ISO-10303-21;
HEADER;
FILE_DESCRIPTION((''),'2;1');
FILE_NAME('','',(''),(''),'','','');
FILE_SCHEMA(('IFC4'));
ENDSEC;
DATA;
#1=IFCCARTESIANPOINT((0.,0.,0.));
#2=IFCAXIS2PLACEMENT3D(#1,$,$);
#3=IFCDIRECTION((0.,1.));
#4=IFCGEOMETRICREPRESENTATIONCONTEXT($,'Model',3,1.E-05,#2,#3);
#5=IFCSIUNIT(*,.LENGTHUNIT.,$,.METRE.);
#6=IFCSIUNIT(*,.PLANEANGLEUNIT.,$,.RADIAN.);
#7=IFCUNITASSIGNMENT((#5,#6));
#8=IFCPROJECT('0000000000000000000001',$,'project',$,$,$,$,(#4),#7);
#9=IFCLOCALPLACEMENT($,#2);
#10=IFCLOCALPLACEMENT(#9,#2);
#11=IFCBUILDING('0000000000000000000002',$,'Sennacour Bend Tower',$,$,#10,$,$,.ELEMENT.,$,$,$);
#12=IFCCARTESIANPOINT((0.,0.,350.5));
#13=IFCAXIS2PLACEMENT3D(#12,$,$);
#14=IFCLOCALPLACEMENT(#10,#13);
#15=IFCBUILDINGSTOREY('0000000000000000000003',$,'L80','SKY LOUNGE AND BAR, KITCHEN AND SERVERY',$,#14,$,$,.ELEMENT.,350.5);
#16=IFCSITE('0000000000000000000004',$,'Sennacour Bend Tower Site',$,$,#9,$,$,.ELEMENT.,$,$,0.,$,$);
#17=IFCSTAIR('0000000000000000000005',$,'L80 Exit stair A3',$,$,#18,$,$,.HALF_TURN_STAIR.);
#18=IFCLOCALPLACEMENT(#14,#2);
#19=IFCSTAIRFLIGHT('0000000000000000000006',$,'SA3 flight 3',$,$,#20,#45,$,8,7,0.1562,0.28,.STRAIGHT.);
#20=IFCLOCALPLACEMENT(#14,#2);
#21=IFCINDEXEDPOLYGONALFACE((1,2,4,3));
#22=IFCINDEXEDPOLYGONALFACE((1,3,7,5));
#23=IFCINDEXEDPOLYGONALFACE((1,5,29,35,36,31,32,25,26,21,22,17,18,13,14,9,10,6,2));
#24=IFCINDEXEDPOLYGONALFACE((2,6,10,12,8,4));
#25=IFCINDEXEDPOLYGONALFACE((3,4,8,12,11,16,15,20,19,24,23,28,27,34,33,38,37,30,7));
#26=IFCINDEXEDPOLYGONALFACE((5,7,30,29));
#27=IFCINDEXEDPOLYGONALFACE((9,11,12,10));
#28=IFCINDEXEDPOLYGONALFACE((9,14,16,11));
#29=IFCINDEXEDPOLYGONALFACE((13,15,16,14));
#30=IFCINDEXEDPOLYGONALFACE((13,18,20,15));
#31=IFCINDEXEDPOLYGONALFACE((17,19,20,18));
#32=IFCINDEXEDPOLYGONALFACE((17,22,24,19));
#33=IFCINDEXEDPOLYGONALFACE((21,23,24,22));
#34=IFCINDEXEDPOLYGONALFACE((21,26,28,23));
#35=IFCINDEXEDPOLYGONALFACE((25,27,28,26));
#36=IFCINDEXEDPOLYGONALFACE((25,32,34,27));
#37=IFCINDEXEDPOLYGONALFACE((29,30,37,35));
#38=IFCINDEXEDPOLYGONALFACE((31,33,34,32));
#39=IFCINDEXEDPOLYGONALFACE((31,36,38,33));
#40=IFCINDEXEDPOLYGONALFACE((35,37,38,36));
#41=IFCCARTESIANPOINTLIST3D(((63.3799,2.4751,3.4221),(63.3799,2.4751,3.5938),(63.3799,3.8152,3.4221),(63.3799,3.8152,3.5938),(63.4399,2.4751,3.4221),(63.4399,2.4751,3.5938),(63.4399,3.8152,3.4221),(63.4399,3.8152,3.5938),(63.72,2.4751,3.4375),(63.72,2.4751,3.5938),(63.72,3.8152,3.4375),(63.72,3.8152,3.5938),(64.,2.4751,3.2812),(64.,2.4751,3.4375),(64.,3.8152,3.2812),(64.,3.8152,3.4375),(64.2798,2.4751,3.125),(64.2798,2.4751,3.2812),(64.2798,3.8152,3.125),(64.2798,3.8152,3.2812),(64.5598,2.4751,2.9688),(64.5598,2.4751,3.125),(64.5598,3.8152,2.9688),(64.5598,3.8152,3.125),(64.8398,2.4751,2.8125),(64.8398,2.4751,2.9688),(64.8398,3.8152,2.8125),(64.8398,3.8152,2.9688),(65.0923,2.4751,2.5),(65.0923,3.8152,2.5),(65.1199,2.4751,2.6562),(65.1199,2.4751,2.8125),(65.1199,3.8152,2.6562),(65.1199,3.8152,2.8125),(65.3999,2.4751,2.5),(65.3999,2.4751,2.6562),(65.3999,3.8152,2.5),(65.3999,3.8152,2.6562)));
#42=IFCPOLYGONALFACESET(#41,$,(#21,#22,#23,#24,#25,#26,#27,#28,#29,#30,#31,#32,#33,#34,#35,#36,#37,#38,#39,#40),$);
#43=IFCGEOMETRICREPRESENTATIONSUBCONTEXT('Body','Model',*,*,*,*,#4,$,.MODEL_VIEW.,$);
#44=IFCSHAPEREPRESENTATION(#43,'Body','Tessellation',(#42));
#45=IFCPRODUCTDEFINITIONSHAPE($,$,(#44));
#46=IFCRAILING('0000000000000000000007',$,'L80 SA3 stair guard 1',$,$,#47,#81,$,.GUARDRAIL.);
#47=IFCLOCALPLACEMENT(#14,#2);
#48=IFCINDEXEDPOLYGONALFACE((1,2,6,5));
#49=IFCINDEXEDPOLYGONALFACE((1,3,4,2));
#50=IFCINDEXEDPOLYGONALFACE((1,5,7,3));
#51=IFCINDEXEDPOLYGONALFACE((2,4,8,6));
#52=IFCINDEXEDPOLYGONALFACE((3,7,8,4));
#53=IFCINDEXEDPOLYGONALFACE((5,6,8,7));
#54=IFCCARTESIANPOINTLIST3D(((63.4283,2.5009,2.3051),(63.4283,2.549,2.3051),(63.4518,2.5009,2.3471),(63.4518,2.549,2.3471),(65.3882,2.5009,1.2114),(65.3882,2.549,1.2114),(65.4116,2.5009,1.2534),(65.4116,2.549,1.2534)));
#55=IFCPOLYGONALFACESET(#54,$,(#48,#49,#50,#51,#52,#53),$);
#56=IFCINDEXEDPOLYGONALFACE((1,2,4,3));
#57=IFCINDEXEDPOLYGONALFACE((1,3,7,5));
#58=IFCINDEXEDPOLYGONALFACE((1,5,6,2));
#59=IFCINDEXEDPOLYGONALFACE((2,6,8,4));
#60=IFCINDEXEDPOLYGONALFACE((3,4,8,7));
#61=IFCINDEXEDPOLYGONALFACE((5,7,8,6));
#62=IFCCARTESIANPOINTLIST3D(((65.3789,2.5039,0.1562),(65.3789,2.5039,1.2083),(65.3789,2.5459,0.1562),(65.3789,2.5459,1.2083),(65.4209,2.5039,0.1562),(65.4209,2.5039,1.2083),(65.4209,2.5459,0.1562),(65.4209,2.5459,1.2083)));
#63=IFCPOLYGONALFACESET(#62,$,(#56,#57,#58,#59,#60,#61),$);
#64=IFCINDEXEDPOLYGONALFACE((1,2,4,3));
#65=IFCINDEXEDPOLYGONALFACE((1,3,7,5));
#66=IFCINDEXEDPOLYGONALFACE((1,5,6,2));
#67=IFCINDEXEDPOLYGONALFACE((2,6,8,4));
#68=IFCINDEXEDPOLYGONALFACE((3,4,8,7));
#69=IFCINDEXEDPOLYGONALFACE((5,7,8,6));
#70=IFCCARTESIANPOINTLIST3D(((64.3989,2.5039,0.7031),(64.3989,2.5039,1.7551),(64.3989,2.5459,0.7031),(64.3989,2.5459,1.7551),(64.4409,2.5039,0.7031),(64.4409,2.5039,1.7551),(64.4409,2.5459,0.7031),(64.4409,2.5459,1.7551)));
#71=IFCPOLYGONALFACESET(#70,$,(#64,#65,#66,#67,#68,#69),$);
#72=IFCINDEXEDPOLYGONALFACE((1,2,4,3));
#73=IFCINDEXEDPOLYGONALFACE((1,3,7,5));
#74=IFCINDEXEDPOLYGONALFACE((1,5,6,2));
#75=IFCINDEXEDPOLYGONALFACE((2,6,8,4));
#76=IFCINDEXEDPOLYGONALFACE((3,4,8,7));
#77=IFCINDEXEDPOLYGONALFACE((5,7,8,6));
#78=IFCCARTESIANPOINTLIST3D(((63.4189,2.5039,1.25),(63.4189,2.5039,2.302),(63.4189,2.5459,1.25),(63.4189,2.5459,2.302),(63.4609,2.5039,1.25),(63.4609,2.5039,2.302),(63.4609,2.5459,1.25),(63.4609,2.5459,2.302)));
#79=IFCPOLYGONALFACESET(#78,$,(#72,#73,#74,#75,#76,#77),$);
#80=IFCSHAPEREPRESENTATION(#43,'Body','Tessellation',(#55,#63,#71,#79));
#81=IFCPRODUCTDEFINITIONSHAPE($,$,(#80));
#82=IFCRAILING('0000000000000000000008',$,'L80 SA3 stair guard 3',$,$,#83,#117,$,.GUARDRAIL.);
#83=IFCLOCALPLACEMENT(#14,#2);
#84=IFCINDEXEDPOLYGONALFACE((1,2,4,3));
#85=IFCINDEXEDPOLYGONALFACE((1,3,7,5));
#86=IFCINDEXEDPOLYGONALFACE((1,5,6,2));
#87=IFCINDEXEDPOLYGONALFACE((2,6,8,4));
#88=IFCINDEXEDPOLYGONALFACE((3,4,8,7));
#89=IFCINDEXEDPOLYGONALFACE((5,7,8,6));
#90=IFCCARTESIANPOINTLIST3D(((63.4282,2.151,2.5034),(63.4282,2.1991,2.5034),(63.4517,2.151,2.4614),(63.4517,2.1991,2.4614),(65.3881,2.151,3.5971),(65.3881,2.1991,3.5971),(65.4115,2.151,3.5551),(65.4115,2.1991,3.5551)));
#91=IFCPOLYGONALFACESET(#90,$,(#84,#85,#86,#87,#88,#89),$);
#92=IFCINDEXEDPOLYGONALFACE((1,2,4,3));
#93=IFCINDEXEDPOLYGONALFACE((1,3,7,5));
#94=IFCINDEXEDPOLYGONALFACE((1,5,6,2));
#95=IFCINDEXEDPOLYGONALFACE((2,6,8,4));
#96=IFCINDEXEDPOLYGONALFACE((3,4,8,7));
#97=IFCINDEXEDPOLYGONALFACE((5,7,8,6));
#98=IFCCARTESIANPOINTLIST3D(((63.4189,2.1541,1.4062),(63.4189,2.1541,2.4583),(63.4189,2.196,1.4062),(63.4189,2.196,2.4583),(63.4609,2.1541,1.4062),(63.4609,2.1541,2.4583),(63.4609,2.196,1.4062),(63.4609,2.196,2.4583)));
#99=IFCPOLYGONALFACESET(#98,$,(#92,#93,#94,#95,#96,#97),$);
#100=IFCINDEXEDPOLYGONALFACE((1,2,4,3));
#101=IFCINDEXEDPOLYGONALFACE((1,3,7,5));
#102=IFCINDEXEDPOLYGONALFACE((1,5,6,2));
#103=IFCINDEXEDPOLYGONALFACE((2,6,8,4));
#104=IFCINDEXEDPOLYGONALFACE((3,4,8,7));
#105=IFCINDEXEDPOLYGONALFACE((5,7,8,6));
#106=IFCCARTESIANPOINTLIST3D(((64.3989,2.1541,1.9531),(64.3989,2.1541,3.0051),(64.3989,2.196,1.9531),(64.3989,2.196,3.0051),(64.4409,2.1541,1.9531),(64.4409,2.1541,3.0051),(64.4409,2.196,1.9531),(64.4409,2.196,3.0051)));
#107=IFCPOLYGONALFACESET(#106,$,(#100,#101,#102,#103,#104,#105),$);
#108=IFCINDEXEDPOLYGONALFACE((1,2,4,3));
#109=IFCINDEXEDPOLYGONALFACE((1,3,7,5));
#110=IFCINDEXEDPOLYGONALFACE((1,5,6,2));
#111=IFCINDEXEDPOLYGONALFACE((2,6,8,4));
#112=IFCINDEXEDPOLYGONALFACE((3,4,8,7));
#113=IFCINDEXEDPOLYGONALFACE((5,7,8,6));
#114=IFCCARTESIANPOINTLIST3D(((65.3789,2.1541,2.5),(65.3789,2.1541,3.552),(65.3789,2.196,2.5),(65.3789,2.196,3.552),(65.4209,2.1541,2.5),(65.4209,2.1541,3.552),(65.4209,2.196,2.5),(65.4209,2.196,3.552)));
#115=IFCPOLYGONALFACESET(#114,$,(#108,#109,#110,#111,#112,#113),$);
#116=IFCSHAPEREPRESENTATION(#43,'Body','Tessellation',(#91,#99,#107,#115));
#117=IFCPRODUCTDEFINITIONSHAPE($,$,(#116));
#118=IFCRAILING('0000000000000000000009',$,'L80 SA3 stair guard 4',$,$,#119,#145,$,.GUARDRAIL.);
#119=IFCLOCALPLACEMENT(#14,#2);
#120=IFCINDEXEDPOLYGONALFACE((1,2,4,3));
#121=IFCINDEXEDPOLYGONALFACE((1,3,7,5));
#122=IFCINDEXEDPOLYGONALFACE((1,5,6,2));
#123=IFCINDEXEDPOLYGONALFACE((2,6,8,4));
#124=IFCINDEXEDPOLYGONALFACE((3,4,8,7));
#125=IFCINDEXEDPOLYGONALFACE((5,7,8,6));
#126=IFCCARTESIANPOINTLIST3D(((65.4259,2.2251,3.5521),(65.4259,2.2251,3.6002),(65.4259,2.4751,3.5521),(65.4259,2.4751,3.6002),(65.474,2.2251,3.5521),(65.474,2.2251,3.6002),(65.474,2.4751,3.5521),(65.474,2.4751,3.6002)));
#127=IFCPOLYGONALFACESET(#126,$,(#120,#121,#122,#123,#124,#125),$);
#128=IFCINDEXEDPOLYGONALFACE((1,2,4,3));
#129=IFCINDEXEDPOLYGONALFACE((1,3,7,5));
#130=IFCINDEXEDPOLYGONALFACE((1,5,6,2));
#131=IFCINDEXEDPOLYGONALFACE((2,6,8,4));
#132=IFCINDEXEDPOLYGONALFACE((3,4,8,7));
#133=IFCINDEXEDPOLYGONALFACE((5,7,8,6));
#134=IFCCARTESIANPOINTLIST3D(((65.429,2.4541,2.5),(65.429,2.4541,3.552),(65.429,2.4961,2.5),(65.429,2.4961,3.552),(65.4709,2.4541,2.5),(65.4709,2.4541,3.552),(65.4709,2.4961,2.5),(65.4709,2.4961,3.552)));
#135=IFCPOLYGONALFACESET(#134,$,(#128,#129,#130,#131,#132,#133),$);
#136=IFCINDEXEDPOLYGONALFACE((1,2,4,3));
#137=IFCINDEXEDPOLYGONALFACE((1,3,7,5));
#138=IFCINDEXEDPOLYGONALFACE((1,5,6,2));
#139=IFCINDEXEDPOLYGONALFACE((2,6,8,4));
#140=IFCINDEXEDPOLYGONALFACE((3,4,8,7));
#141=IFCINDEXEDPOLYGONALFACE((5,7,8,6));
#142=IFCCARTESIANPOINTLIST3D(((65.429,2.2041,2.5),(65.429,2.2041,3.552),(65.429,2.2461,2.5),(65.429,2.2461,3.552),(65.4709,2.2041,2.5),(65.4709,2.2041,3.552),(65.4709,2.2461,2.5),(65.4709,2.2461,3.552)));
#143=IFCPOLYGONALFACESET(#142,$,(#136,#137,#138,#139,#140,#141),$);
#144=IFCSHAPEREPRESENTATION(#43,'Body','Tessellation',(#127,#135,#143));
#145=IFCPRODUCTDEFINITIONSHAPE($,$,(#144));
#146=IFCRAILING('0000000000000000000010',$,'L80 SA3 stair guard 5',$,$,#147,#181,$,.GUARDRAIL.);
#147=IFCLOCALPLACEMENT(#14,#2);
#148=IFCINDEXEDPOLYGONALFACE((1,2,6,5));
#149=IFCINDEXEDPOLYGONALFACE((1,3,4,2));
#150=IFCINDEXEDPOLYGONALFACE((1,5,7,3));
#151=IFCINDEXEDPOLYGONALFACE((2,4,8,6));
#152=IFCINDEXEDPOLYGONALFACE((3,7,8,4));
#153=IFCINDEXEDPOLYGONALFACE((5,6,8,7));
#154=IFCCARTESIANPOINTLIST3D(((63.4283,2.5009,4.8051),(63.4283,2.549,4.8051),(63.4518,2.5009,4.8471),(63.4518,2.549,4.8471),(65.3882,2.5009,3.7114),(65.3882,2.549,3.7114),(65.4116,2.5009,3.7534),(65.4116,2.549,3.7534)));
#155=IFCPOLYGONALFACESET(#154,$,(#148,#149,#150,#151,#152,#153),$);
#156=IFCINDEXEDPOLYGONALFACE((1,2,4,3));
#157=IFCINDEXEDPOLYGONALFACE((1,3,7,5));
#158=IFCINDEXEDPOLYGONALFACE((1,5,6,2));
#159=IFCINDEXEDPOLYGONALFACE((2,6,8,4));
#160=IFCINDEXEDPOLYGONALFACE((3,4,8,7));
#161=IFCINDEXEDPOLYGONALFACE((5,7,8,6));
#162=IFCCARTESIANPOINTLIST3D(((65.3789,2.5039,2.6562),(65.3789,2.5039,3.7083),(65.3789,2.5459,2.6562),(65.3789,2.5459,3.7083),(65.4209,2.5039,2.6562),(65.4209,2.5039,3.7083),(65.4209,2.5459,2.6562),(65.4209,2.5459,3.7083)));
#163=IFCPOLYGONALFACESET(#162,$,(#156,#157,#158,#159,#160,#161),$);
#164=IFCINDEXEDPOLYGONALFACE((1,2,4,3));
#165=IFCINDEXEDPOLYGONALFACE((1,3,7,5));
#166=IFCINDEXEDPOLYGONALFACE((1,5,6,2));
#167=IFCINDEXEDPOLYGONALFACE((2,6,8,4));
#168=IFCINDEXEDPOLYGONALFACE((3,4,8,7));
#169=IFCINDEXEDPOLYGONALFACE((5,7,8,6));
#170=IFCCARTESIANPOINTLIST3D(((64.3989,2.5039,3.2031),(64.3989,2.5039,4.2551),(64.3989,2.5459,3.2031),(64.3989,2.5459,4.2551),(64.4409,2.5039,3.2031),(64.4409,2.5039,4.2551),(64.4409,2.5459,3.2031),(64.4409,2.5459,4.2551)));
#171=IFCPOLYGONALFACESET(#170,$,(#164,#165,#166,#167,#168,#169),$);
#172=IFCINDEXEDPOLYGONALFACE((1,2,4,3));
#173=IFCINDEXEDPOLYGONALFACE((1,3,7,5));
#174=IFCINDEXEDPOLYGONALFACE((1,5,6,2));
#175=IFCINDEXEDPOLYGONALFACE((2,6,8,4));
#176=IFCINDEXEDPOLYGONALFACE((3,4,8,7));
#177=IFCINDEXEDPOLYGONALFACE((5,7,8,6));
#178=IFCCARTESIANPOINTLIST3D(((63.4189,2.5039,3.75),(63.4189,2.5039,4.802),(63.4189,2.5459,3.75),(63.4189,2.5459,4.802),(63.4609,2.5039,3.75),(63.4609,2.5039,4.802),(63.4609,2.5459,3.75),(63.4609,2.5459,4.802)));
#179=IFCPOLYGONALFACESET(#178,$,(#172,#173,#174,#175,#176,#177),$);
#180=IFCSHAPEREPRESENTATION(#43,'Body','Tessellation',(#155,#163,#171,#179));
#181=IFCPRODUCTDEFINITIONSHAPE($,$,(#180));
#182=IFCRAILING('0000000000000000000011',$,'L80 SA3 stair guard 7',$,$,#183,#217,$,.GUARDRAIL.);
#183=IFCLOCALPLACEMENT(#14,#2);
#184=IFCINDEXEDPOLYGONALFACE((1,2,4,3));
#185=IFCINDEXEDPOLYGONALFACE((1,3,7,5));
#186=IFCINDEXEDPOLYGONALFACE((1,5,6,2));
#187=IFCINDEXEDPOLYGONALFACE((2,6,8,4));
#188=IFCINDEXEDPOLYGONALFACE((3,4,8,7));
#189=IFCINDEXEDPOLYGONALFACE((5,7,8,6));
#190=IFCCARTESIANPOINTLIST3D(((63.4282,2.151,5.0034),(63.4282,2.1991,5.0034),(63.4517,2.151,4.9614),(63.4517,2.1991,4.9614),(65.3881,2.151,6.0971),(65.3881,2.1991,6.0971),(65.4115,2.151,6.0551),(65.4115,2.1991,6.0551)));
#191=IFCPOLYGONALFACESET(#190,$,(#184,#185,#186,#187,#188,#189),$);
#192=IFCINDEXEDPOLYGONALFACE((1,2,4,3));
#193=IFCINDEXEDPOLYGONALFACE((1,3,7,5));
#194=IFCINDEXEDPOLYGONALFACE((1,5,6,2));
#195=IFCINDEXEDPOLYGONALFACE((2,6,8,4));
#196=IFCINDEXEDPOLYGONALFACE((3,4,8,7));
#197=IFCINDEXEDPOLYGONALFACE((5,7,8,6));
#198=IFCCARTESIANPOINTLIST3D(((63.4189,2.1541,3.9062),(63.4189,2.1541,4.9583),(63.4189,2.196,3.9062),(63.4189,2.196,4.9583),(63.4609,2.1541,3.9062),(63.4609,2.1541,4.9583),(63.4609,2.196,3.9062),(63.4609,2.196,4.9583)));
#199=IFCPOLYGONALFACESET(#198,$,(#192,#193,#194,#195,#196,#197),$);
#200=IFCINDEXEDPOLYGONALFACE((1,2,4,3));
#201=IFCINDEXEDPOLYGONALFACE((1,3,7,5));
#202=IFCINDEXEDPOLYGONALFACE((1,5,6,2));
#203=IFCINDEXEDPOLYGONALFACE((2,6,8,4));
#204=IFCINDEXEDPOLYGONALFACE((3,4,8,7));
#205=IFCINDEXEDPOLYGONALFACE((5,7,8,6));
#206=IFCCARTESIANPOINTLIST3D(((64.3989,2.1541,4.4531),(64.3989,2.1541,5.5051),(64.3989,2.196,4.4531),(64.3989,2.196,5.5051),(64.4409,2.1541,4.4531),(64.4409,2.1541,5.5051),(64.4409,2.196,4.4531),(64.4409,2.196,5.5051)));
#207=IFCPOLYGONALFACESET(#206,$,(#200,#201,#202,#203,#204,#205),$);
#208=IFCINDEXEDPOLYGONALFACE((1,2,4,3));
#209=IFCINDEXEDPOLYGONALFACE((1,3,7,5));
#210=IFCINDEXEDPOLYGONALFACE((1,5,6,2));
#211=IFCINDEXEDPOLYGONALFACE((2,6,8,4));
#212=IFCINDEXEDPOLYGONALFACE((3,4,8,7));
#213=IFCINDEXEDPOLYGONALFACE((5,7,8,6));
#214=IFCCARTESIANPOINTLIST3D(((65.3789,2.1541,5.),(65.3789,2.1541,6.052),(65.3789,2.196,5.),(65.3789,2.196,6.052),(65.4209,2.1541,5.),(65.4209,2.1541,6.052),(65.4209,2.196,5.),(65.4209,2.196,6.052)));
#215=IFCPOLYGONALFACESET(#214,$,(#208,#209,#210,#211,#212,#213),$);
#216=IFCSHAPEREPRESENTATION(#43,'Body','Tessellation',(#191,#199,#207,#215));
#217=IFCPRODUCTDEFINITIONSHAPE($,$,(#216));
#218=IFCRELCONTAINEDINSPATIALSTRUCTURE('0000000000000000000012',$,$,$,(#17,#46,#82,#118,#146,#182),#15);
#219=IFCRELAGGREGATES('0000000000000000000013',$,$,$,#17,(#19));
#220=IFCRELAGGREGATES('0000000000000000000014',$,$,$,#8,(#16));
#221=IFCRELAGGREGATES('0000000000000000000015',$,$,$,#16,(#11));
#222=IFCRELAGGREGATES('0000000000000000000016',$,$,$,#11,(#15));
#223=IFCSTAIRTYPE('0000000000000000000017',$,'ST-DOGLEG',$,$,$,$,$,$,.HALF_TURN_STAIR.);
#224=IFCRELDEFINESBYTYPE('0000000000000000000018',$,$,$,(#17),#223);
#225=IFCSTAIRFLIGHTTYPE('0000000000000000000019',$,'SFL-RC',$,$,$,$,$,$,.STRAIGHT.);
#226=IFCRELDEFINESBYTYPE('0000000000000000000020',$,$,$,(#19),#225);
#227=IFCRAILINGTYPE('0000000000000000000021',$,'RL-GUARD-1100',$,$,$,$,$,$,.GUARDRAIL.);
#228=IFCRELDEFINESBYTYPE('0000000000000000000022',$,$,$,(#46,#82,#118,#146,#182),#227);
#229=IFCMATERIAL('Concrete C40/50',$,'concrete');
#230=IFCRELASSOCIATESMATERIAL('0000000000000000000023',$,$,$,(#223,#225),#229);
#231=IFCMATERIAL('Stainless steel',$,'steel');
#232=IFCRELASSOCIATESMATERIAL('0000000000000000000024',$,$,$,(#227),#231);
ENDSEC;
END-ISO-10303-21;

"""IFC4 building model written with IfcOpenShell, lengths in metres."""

from ifc_helpers import new_model, si_unit, direction, frame, origin, origin_2d, place, context, subcontext, project, spatial, polyline, rectangle, outline, extrude, material, type_object, element, aggregate, save


model = new_model("IFC4")

# Units and contexts
model_context = context("Model", 3, precision=1e-05, world=origin(), true_north=direction((0.0, 1.0)))
body_context = subcontext(model_context, "Body", "Model", "MODEL_VIEW")
ifc_project = project(units=[si_unit("LENGTHUNIT", "METRE"), si_unit("PLANEANGLEUNIT", "RADIAN")], contexts=[model_context])

# Site, building, storey
site_placement = place(None, origin())
site = spatial("IfcSite", under=ifc_project, at=site_placement, Name="Sennacour Bend Tower Site", CompositionType="ELEMENT", RefElevation=0.0)
building_placement = place(site_placement, origin())
building = spatial("IfcBuilding", under=site, at=building_placement, Name="Sennacour Bend Tower", CompositionType="ELEMENT")
storey_placement = place(building_placement, frame((0.0, 0.0, 350.5)))
storey = spatial("IfcBuildingStorey", under=building, at=storey_placement, Name="L80", Description="SKY LOUNGE AND BAR, KITCHEN AND SERVERY", CompositionType="ELEMENT", Elevation=350.5)

# Stair, stair flight
ifc_material_1 = material(Name="Concrete C40/50", Category="concrete")
stair_type = type_object("IfcStairType", Name="ST-DOGLEG", PredefinedType="HALF_TURN_STAIR", material=ifc_material_1)
stair_placement = place(storey_placement, origin())
stair = element("IfcStair", 1, at=stair_placement, inside=storey, type_object=stair_type, Name="L80 Exit stair A3", PredefinedType="HALF_TURN_STAIR")
stair_flight_type = type_object("IfcStairFlightType", Name="SFL-RC", PredefinedType="STRAIGHT", material=ifc_material_1)
stair_flight_1_placement = place(storey_placement, frame((65.3999, 3.145, 2.5), z_axis=(0.0, 0.0, 1.0), x_axis=(-1.0, 0.0, 0.0)))
stair_flight_1 = element("IfcStairFlight", 2, at=stair_flight_1_placement, type_object=stair_flight_type, Name="SA3 flight 3", NumberOfRisers=8, NumberOfTreads=7, PredefinedType="STRAIGHT", RiserHeight=0.1562, TreadLength=0.28, context=body_context, shape_type="SweptSolid", body=[
    extrude(outline(polyline([(0.0, 0.0), (0.0, 0.1562), (0.28, 0.1562), (0.28, 0.3125), (0.5601, 0.3125), (0.5601, 0.4688), (0.8401, 0.4688), (0.8401, 0.625), (1.1201, 0.625), (1.1201, 0.7812), (1.3999, 0.7812), (1.3999, 0.9375), (1.6799, 0.9375), (1.6799, 1.0938), (1.96, 1.0938), (2.02, 1.0938), (2.02, 0.9221), (1.96, 0.9221), (0.3076, 0.0), (0.0, 0.0)])), frame((0.0, 0.6699, 0.0), z_axis=(0.0, -1.0, 0.0), x_axis=(1.0, 0.0, 0.0)), (0.0, 0.0, 1.0), 1.3401),
])
aggregate(stair, [stair_flight_1])

# Railings
ifc_material_2 = material(Name="Stainless steel", Category="steel")
railing_type_1 = type_object("IfcRailingType", Name="RL-GUARD-1100", PredefinedType="GUARDRAIL", material=ifc_material_2)
railing_1_placement = place(storey_placement, frame((65.3999, 2.5249, 0.1562)))
element("IfcRailing", 3, at=railing_1_placement, inside=storey, type_object=railing_type_1, Name="L80 SA3 stair guard 1", PredefinedType="GUARDRAIL", context=body_context, shape_type="SweptSolid", body=[
    extrude(rectangle(XDim=0.0481, YDim=0.0481, at=origin_2d()), frame((0.0, 0.0, 1.0762), z_axis=(-0.873232, 0.0, 0.487304), x_axis=(0.0, -1.0, 0.0)), (0.0, 0.0, 1.0), 2.2444),
    extrude(rectangle(XDim=0.042, YDim=0.042, at=origin_2d()), origin(), (0.0, 0.0, 1.0), 1.052),
    extrude(rectangle(XDim=0.042, YDim=0.042, at=origin_2d()), frame((-0.98, 0.0, 0.5469)), (0.0, 0.0, 1.0), 1.052),
    extrude(rectangle(XDim=0.042, YDim=0.042, at=origin_2d()), frame((-1.96, 0.0, 1.0938)), (0.0, 0.0, 1.0), 1.052),
])
railing_2_placement = place(storey_placement, frame((63.4399, 2.175, 1.4062)))
element("IfcRailing", 4, at=railing_2_placement, inside=storey, type_object=railing_type_1, Name="L80 SA3 stair guard 3", PredefinedType="GUARDRAIL", context=body_context, shape_type="SweptSolid", body=[
    extrude(rectangle(XDim=0.0481, YDim=0.0481, at=origin_2d()), frame((0.0, 0.0, 1.0762), z_axis=(0.873232, 0.0, 0.487304), x_axis=(0.0, 1.0, 0.0)), (0.0, 0.0, 1.0), 2.2444),
    extrude(rectangle(XDim=0.042, YDim=0.042, at=origin_2d()), origin(), (0.0, 0.0, 1.0), 1.052),
    extrude(rectangle(XDim=0.042, YDim=0.042, at=origin_2d()), frame((0.98, 0.0, 0.5469)), (0.0, 0.0, 1.0), 1.052),
    extrude(rectangle(XDim=0.042, YDim=0.042, at=origin_2d()), frame((1.96, 0.0, 1.0938)), (0.0, 0.0, 1.0), 1.052),
])
railing_3_placement = place(storey_placement, frame((65.45, 2.4751, 2.5)))
element("IfcRailing", 5, at=railing_3_placement, inside=storey, type_object=railing_type_1, Name="L80 SA3 stair guard 4", PredefinedType="GUARDRAIL", context=body_context, shape_type="SweptSolid", body=[
    extrude(rectangle(XDim=0.0481, YDim=0.0481, at=origin_2d()), frame((0.0, 0.0, 1.0762), z_axis=(0.0, -1.0, 0.0), x_axis=(1.0, 0.0, 0.0)), (0.0, 0.0, 1.0), 0.25),
    extrude(rectangle(XDim=0.042, YDim=0.042, at=origin_2d()), origin(), (0.0, 0.0, 1.0), 1.052),
    extrude(rectangle(XDim=0.042, YDim=0.042, at=origin_2d()), frame((0.0, -0.25, 0.0)), (0.0, 0.0, 1.0), 1.052),
])
railing_4_placement = place(storey_placement, frame((65.3999, 2.5249, 2.6562)))
element("IfcRailing", 6, at=railing_4_placement, inside=storey, type_object=railing_type_1, Name="L80 SA3 stair guard 5", PredefinedType="GUARDRAIL", context=body_context, shape_type="SweptSolid", body=[
    extrude(rectangle(XDim=0.0481, YDim=0.0481, at=origin_2d()), frame((0.0, 0.0, 1.0762), z_axis=(-0.873232, 0.0, 0.487304), x_axis=(0.0, -1.0, 0.0)), (0.0, 0.0, 1.0), 2.2444),
    extrude(rectangle(XDim=0.042, YDim=0.042, at=origin_2d()), origin(), (0.0, 0.0, 1.0), 1.052),
    extrude(rectangle(XDim=0.042, YDim=0.042, at=origin_2d()), frame((-0.98, 0.0, 0.5469)), (0.0, 0.0, 1.0), 1.052),
    extrude(rectangle(XDim=0.042, YDim=0.042, at=origin_2d()), frame((-1.96, 0.0, 1.0938)), (0.0, 0.0, 1.0), 1.052),
])
railing_5_placement = place(storey_placement, frame((63.4399, 2.175, 3.9062)))
element("IfcRailing", 7, at=railing_5_placement, inside=storey, type_object=railing_type_1, Name="L80 SA3 stair guard 7", PredefinedType="GUARDRAIL", context=body_context, shape_type="SweptSolid", body=[
    extrude(rectangle(XDim=0.0481, YDim=0.0481, at=origin_2d()), frame((0.0, 0.0, 1.0762), z_axis=(0.873232, 0.0, 0.487304), x_axis=(0.0, 1.0, 0.0)), (0.0, 0.0, 1.0), 2.2444),
    extrude(rectangle(XDim=0.042, YDim=0.042, at=origin_2d()), origin(), (0.0, 0.0, 1.0), 1.052),
    extrude(rectangle(XDim=0.042, YDim=0.042, at=origin_2d()), frame((0.98, 0.0, 0.5469)), (0.0, 0.0, 1.0), 1.052),
    extrude(rectangle(XDim=0.042, YDim=0.042, at=origin_2d()), frame((1.96, 0.0, 1.0938)), (0.0, 0.0, 1.0), 1.052),
])

save(model, "model.ifc")
